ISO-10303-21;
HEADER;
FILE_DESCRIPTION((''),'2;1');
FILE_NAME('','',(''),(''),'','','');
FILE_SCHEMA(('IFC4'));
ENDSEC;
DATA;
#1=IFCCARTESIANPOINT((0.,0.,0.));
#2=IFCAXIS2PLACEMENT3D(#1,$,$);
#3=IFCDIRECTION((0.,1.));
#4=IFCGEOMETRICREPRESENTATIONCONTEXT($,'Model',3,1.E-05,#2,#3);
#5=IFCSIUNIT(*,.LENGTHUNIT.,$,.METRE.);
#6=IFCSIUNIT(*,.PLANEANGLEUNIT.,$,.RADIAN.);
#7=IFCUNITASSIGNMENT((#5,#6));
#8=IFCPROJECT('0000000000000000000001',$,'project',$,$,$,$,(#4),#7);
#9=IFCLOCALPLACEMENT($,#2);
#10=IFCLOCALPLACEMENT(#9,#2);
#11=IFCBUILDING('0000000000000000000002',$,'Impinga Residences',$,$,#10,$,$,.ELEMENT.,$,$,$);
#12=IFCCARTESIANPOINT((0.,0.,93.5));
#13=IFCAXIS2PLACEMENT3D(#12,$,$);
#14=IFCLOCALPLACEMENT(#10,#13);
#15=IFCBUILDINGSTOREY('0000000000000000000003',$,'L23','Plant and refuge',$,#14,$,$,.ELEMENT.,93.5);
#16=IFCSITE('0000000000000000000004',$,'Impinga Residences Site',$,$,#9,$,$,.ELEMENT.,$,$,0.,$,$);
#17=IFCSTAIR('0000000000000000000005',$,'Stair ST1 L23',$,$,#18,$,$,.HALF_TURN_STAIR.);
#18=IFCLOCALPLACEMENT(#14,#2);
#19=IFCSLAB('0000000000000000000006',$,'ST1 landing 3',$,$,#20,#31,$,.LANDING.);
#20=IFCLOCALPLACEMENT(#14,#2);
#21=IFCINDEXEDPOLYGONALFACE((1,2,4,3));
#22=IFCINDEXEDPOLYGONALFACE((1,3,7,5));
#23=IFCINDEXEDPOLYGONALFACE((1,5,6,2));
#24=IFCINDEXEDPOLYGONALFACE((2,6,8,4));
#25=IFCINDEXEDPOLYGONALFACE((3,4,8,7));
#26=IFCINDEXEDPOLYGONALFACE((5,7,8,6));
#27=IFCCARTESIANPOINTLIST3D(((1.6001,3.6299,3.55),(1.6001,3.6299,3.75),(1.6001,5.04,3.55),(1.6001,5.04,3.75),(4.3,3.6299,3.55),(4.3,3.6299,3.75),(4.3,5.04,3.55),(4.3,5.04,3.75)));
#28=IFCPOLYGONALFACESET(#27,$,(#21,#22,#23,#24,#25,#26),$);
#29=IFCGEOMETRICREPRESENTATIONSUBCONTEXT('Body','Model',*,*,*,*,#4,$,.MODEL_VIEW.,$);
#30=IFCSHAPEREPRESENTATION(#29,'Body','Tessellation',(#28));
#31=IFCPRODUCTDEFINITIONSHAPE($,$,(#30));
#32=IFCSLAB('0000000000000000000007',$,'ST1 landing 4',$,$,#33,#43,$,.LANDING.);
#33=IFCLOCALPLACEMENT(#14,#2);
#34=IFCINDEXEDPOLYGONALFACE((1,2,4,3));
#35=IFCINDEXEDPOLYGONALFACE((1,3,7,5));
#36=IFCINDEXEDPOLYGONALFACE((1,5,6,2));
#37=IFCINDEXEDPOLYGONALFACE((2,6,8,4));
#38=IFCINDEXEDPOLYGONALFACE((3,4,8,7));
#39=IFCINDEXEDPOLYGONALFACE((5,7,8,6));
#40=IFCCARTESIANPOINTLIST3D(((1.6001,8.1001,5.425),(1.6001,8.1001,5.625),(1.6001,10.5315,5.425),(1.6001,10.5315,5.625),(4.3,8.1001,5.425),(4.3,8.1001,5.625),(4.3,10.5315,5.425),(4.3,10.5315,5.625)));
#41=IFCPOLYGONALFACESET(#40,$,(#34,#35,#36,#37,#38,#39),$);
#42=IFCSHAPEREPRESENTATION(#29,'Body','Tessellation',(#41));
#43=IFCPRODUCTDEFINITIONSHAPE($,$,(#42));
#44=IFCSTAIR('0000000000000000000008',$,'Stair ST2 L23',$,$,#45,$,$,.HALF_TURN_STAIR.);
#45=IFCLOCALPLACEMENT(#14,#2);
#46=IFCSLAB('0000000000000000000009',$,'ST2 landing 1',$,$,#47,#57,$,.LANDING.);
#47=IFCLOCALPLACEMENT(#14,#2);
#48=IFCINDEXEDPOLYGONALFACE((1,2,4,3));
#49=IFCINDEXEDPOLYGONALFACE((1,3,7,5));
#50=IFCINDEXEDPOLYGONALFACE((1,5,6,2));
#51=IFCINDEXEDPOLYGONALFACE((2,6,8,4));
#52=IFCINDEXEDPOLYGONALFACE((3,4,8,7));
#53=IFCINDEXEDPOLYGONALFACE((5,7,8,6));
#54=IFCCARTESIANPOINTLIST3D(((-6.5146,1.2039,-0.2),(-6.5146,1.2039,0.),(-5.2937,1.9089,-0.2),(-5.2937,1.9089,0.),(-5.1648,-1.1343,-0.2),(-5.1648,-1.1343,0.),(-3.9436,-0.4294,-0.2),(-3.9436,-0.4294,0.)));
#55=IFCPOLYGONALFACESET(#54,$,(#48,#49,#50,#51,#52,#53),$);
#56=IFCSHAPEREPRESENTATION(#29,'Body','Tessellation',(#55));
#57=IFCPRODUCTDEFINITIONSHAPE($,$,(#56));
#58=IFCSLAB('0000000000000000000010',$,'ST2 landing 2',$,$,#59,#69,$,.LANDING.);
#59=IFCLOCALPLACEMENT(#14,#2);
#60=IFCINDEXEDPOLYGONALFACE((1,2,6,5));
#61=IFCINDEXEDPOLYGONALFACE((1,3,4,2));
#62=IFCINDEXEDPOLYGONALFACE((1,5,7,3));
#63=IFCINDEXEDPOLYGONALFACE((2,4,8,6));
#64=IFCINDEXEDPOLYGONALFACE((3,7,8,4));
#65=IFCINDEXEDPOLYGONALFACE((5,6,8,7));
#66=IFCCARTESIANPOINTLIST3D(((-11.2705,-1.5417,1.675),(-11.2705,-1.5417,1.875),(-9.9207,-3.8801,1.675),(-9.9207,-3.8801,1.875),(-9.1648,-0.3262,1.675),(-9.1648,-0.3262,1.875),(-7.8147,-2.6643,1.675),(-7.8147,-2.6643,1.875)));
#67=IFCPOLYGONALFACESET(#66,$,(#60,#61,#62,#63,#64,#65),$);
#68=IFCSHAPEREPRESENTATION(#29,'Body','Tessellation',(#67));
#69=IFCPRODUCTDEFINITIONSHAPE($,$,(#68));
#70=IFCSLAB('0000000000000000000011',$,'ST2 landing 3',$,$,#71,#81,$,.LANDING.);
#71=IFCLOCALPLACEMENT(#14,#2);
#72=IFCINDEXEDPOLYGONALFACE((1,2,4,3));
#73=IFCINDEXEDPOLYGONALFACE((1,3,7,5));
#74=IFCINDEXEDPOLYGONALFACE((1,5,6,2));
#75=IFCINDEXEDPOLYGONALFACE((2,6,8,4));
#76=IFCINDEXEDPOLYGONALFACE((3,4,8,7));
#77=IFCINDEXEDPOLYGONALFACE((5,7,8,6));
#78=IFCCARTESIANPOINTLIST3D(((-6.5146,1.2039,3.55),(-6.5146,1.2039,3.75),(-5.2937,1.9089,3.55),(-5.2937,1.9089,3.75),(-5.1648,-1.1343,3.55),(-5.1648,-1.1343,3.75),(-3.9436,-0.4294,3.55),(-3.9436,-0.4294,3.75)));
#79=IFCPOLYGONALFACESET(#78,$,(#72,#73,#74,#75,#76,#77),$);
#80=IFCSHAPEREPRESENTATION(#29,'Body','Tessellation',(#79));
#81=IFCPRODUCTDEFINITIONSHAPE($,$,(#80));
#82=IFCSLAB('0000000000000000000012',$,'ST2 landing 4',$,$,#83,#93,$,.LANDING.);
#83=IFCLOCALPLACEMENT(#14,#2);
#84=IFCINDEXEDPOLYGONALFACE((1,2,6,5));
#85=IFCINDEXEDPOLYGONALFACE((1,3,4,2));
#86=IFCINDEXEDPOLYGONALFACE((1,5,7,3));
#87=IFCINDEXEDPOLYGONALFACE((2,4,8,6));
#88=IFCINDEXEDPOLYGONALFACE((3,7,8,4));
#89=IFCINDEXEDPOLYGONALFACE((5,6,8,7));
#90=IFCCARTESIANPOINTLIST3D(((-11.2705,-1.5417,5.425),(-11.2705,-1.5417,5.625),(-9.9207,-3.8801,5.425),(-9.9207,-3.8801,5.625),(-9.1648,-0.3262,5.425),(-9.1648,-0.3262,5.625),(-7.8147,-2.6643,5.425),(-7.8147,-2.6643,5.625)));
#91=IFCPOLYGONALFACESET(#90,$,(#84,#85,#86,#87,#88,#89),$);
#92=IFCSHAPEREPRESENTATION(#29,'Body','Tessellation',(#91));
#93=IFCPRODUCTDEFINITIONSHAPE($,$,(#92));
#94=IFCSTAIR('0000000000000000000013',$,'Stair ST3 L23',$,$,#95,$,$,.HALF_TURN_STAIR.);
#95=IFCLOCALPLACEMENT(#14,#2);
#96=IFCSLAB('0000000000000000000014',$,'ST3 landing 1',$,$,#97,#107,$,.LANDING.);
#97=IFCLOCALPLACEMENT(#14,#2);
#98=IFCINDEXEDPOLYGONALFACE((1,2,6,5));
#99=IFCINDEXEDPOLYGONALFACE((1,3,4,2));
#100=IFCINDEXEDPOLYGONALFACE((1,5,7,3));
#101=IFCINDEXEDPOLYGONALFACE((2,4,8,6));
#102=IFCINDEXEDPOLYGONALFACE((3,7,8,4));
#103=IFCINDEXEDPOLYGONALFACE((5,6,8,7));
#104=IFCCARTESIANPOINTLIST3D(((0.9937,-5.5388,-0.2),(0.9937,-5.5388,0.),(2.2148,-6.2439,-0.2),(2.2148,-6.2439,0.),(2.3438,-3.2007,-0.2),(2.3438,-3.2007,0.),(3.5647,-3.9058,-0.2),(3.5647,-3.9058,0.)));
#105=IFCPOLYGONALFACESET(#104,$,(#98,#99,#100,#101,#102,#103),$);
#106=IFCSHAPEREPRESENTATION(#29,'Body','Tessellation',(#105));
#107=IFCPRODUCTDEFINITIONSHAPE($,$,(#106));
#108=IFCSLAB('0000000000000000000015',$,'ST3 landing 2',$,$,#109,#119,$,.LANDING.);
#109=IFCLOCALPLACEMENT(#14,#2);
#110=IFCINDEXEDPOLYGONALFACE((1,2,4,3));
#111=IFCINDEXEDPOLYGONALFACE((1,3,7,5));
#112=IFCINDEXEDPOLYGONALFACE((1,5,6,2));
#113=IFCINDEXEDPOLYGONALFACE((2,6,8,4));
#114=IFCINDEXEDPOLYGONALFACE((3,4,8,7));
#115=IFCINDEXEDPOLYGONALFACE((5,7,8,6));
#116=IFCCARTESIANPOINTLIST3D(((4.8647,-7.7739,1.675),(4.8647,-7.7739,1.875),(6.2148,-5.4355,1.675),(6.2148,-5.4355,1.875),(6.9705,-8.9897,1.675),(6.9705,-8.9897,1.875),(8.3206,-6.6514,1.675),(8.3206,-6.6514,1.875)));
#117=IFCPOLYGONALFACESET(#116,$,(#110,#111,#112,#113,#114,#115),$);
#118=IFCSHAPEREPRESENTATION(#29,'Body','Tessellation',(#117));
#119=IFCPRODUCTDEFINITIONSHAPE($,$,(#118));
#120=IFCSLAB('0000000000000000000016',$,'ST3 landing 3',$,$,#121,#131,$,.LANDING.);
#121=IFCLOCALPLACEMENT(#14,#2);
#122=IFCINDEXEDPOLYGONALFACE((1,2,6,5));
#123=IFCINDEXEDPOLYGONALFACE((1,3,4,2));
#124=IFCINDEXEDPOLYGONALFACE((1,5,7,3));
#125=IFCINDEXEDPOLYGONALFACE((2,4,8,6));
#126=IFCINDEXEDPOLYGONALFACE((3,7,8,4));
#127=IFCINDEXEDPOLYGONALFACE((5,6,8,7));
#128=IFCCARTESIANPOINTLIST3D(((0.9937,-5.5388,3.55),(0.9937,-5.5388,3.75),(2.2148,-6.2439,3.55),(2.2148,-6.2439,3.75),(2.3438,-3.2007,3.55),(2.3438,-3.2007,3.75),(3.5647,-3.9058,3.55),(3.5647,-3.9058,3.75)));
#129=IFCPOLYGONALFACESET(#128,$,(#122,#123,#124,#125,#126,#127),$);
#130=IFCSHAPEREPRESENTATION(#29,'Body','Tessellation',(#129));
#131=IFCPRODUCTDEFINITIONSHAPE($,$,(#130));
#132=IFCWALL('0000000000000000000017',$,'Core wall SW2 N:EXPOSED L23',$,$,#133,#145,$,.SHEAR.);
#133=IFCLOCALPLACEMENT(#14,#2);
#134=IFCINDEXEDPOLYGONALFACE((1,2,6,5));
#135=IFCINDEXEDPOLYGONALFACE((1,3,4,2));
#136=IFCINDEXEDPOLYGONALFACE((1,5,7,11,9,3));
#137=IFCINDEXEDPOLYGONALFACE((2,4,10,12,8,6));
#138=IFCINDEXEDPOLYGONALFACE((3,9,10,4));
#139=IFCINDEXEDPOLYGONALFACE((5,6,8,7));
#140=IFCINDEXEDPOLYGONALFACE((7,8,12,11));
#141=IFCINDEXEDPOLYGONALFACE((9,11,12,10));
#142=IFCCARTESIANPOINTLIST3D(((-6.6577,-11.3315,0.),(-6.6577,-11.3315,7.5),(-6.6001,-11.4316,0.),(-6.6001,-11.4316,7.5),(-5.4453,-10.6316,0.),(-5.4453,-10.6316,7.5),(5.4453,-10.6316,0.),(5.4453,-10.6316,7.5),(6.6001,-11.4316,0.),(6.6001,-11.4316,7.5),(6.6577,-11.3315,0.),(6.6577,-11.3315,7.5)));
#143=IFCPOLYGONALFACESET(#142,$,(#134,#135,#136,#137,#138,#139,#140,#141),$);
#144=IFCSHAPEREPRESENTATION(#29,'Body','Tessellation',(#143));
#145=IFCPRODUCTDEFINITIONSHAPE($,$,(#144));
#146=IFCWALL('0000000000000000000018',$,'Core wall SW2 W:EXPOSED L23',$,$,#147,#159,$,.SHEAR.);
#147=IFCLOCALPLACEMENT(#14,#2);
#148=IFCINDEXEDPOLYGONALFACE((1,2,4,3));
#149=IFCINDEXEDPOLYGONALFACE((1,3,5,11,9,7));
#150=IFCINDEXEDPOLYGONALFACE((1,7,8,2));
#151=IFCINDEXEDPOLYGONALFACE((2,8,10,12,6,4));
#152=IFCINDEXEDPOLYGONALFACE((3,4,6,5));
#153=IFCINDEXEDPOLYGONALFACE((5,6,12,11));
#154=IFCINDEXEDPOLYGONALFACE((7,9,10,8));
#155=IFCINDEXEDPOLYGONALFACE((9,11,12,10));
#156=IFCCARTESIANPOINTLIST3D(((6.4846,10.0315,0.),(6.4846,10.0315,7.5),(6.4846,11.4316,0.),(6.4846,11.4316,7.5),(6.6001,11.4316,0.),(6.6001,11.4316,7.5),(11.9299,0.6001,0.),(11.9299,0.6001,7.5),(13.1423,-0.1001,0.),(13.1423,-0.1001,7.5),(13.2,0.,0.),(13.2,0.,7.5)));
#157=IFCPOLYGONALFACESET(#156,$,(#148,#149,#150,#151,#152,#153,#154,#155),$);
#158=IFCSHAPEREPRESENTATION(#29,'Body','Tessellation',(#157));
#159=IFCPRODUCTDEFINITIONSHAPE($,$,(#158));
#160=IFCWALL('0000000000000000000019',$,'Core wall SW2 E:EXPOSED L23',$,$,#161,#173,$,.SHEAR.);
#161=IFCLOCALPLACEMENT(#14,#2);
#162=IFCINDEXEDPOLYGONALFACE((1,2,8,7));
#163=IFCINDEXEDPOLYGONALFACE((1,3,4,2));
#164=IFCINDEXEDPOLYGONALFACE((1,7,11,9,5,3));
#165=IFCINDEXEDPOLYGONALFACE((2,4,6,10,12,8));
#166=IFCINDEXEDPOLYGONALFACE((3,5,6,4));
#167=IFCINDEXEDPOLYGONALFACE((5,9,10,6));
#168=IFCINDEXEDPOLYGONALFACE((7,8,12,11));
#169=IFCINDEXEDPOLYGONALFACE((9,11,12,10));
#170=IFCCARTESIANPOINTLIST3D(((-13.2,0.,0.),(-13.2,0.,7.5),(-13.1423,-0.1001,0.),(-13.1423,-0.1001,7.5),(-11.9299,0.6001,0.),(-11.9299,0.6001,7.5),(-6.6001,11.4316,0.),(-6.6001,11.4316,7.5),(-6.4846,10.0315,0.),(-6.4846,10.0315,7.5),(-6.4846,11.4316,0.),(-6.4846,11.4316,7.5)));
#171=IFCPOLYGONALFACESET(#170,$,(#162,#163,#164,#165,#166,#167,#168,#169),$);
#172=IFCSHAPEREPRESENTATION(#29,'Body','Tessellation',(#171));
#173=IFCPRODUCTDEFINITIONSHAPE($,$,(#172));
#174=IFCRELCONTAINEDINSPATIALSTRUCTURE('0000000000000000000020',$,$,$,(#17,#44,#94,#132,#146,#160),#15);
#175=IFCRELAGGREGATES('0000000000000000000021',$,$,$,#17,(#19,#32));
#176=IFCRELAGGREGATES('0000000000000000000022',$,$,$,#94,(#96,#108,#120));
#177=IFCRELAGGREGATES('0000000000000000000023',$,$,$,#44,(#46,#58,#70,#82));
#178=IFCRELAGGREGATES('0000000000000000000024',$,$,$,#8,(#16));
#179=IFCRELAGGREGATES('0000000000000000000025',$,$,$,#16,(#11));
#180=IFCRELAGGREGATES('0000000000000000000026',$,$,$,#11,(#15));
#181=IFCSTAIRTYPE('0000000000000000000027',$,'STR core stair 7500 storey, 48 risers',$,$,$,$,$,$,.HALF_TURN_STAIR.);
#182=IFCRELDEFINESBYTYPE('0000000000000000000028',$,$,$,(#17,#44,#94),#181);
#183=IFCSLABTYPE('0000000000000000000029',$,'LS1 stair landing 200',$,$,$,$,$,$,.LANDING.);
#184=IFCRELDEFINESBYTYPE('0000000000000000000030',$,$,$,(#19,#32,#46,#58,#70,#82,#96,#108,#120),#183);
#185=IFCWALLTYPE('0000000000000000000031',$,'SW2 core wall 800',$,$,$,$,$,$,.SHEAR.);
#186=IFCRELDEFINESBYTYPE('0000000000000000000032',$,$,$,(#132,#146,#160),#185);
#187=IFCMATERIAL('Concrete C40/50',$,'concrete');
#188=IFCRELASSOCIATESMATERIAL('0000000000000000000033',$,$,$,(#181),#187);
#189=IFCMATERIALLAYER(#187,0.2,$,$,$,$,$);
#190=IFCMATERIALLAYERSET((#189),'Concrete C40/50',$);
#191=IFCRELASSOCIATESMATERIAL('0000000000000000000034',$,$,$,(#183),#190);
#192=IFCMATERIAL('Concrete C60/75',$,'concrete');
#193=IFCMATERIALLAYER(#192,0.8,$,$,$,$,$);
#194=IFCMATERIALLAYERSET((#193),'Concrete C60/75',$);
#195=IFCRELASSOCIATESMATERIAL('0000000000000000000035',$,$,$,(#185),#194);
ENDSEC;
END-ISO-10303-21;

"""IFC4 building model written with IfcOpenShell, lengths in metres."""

from ifc_helpers import new_model, si_unit, direction, frame, origin, place, context, subcontext, project, spatial, polyline, outline, extrude, material, layer, layer_set, type_object, element, aggregate, save


model = new_model("IFC4")

# Units and contexts
model_context = context("Model", 3, precision=1e-05, world=origin(), true_north=direction((0.0, 1.0)))
body_context = subcontext(model_context, "Body", "Model", "MODEL_VIEW")
ifc_project = project(units=[si_unit("LENGTHUNIT", "METRE"), si_unit("PLANEANGLEUNIT", "RADIAN")], contexts=[model_context])

# Site, building, storey
site_placement = place(None, origin())
site = spatial("IfcSite", under=ifc_project, at=site_placement, Name="Impinga Residences Site", CompositionType="ELEMENT", RefElevation=0.0)
building_placement = place(site_placement, origin())
building = spatial("IfcBuilding", under=site, at=building_placement, Name="Impinga Residences", CompositionType="ELEMENT")
storey_placement = place(building_placement, frame((0.0, 0.0, 93.5)))
storey = spatial("IfcBuildingStorey", under=building, at=storey_placement, Name="L23", Description="Plant and refuge", CompositionType="ELEMENT", Elevation=93.5)

# Shared definitions
ifc_material_1 = material(Name="Concrete C60/75", Category="concrete")

# Stairs, slabs
ifc_material_2 = material(Name="Concrete C40/50", Category="concrete")
stair_type = type_object("IfcStairType", Name="STR core stair 7500 storey, 48 risers", PredefinedType="HALF_TURN_STAIR", material=ifc_material_2)
stair_1_placement = place(storey_placement, origin())
stair_1 = element("IfcStair", 1, at=stair_1_placement, inside=storey, type_object=stair_type, Name="Stair ST1 L23", PredefinedType="HALF_TURN_STAIR")
ifc_layer_1 = layer(ifc_material_2, 0.2)
ifc_layer_set_1 = layer_set([ifc_layer_1], Name="Concrete C40/50")
slab_type_1 = type_object("IfcSlabType", Name="LS1 stair landing 200", PredefinedType="LANDING", material=ifc_layer_set_1)
slab_1_placement = place(storey_placement, frame((0.0, 0.0, 3.55)))
slab_1 = element("IfcSlab", 2, at=slab_1_placement, type_object=slab_type_1, Name="ST1 landing 3", PredefinedType="LANDING", context=body_context, shape_type="SweptSolid", body=[
    extrude(outline(polyline([(1.6001, 3.6299), (4.3, 3.6299), (4.3, 5.04), (1.6001, 5.04), (1.6001, 3.6299)])), origin(), (0.0, 0.0, 1.0), 0.2),
])
slab_2_placement = place(storey_placement, frame((0.0, 0.0, 5.425)))
slab_2 = element("IfcSlab", 3, at=slab_2_placement, type_object=slab_type_1, Name="ST1 landing 4", PredefinedType="LANDING", context=body_context, shape_type="SweptSolid", body=[
    extrude(outline(polyline([(1.6001, 8.1001), (4.3, 8.1001), (4.3, 10.5315), (1.6001, 10.5315), (1.6001, 8.1001)])), origin(), (0.0, 0.0, 1.0), 0.2),
])
aggregate(stair_1, [slab_1, slab_2])
stair_2_placement = place(storey_placement, origin())
stair_2 = element("IfcStair", 4, at=stair_2_placement, inside=storey, type_object=stair_type, Name="Stair ST2 L23", PredefinedType="HALF_TURN_STAIR")
slab_3_placement = place(storey_placement, frame((0.0, 0.0, -0.2)))
slab_3 = element("IfcSlab", 5, at=slab_3_placement, type_object=slab_type_1, Name="ST2 landing 1", PredefinedType="LANDING", context=body_context, shape_type="SweptSolid", body=[
    extrude(outline(polyline([(-3.9436, -0.4294), (-5.2937, 1.9089), (-6.5146, 1.2039), (-5.1648, -1.1343), (-3.9436, -0.4294)])), origin(), (0.0, 0.0, 1.0), 0.2),
])
slab_4_placement = place(storey_placement, frame((0.0, 0.0, 1.675)))
slab_4 = element("IfcSlab", 6, at=slab_4_placement, type_object=slab_type_1, Name="ST2 landing 2", PredefinedType="LANDING", context=body_context, shape_type="SweptSolid", body=[
    extrude(outline(polyline([(-7.8147, -2.6643), (-9.1648, -0.3262), (-11.2705, -1.5417), (-9.9207, -3.8801), (-7.8147, -2.6643)])), origin(), (0.0, 0.0, 1.0), 0.2),
])
slab_5_placement = place(storey_placement, frame((0.0, 0.0, 3.55)))
slab_5 = element("IfcSlab", 7, at=slab_5_placement, type_object=slab_type_1, Name="ST2 landing 3", PredefinedType="LANDING", context=body_context, shape_type="SweptSolid", body=[
    extrude(outline(polyline([(-3.9436, -0.4294), (-5.2937, 1.9089), (-6.5146, 1.2039), (-5.1648, -1.1343), (-3.9436, -0.4294)])), origin(), (0.0, 0.0, 1.0), 0.2),
])
slab_6_placement = place(storey_placement, frame((0.0, 0.0, 5.425)))
slab_6 = element("IfcSlab", 8, at=slab_6_placement, type_object=slab_type_1, Name="ST2 landing 4", PredefinedType="LANDING", context=body_context, shape_type="SweptSolid", body=[
    extrude(outline(polyline([(-7.8147, -2.6643), (-9.1648, -0.3262), (-11.2705, -1.5417), (-9.9207, -3.8801), (-7.8147, -2.6643)])), origin(), (0.0, 0.0, 1.0), 0.2),
])
stair_3_placement = place(storey_placement, origin())
stair_3 = element("IfcStair", 9, at=stair_3_placement, inside=storey, type_object=stair_type, Name="Stair ST3 L23", PredefinedType="HALF_TURN_STAIR")
slab_7_placement = place(storey_placement, frame((0.0, 0.0, -0.2)))
slab_7 = element("IfcSlab", 10, at=slab_7_placement, type_object=slab_type_1, Name="ST3 landing 1", PredefinedType="LANDING", context=body_context, shape_type="SweptSolid", body=[
    extrude(outline(polyline([(2.3438, -3.2007), (0.9937, -5.5388), (2.2148, -6.2439), (3.5647, -3.9058), (2.3438, -3.2007)])), origin(), (0.0, 0.0, 1.0), 0.2),
])
slab_8_placement = place(storey_placement, frame((0.0, 0.0, 1.675)))
slab_8 = element("IfcSlab", 11, at=slab_8_placement, type_object=slab_type_1, Name="ST3 landing 2", PredefinedType="LANDING", context=body_context, shape_type="SweptSolid", body=[
    extrude(outline(polyline([(6.2148, -5.4355), (4.8647, -7.7739), (6.9705, -8.9897), (8.3206, -6.6514), (6.2148, -5.4355)])), origin(), (0.0, 0.0, 1.0), 0.2),
])
slab_9_placement = place(storey_placement, frame((0.0, 0.0, 3.55)))
slab_9 = element("IfcSlab", 12, at=slab_9_placement, type_object=slab_type_1, Name="ST3 landing 3", PredefinedType="LANDING", context=body_context, shape_type="SweptSolid", body=[
    extrude(outline(polyline([(2.3438, -3.2007), (0.9937, -5.5388), (2.2148, -6.2439), (3.5647, -3.9058), (2.3438, -3.2007)])), origin(), (0.0, 0.0, 1.0), 0.2),
])
aggregate(stair_3, [slab_7, slab_8, slab_9])

# Walls
ifc_layer_2 = layer(ifc_material_1, 0.8)
ifc_layer_set_2 = layer_set([ifc_layer_2], Name="Concrete C60/75")
wall_type_1 = type_object("IfcWallType", Name="SW2 core wall 800", PredefinedType="SHEAR", material=ifc_layer_set_2)
wall_1_placement = place(storey_placement, origin())
element("IfcWall", 13, at=wall_1_placement, inside=storey, type_object=wall_type_1, Name="Core wall SW2 N:EXPOSED L23", PredefinedType="SHEAR", context=body_context, shape_type="SweptSolid", body=[
    extrude(outline(polyline([(-6.6001, -11.4316), (6.6001, -11.4316), (6.6577, -11.3315), (5.4453, -10.6316), (-5.4453, -10.6316), (-6.6577, -11.3315), (-6.6001, -11.4316)])), origin(), (0.0, 0.0, 1.0), 7.5),
])
wall_2_placement = place(storey_placement, origin())
element("IfcWall", 14, at=wall_2_placement, inside=storey, type_object=wall_type_1, Name="Core wall SW2 W:EXPOSED L23", PredefinedType="SHEAR", context=body_context, shape_type="SweptSolid", body=[
    extrude(outline(polyline([(13.2, 0.0), (6.6001, 11.4316), (6.4846, 11.4316), (6.4846, 10.0315), (11.9299, 0.6001), (13.1423, -0.1001), (13.2, 0.0)])), origin(), (0.0, 0.0, 1.0), 7.5),
])
wall_3_placement = place(storey_placement, origin())
element("IfcWall", 15, at=wall_3_placement, inside=storey, type_object=wall_type_1, Name="Core wall SW2 E:EXPOSED L23", PredefinedType="SHEAR", context=body_context, shape_type="SweptSolid", body=[
    extrude(outline(polyline([(-6.6001, 11.4316), (-13.2, 0.0), (-13.1423, -0.1001), (-11.9299, 0.6001), (-6.4846, 10.0315), (-6.4846, 11.4316), (-6.6001, 11.4316)])), origin(), (0.0, 0.0, 1.0), 7.5),
])

aggregate(stair_2, [slab_3, slab_4, slab_5, slab_6])

save(model, "model.ifc")
